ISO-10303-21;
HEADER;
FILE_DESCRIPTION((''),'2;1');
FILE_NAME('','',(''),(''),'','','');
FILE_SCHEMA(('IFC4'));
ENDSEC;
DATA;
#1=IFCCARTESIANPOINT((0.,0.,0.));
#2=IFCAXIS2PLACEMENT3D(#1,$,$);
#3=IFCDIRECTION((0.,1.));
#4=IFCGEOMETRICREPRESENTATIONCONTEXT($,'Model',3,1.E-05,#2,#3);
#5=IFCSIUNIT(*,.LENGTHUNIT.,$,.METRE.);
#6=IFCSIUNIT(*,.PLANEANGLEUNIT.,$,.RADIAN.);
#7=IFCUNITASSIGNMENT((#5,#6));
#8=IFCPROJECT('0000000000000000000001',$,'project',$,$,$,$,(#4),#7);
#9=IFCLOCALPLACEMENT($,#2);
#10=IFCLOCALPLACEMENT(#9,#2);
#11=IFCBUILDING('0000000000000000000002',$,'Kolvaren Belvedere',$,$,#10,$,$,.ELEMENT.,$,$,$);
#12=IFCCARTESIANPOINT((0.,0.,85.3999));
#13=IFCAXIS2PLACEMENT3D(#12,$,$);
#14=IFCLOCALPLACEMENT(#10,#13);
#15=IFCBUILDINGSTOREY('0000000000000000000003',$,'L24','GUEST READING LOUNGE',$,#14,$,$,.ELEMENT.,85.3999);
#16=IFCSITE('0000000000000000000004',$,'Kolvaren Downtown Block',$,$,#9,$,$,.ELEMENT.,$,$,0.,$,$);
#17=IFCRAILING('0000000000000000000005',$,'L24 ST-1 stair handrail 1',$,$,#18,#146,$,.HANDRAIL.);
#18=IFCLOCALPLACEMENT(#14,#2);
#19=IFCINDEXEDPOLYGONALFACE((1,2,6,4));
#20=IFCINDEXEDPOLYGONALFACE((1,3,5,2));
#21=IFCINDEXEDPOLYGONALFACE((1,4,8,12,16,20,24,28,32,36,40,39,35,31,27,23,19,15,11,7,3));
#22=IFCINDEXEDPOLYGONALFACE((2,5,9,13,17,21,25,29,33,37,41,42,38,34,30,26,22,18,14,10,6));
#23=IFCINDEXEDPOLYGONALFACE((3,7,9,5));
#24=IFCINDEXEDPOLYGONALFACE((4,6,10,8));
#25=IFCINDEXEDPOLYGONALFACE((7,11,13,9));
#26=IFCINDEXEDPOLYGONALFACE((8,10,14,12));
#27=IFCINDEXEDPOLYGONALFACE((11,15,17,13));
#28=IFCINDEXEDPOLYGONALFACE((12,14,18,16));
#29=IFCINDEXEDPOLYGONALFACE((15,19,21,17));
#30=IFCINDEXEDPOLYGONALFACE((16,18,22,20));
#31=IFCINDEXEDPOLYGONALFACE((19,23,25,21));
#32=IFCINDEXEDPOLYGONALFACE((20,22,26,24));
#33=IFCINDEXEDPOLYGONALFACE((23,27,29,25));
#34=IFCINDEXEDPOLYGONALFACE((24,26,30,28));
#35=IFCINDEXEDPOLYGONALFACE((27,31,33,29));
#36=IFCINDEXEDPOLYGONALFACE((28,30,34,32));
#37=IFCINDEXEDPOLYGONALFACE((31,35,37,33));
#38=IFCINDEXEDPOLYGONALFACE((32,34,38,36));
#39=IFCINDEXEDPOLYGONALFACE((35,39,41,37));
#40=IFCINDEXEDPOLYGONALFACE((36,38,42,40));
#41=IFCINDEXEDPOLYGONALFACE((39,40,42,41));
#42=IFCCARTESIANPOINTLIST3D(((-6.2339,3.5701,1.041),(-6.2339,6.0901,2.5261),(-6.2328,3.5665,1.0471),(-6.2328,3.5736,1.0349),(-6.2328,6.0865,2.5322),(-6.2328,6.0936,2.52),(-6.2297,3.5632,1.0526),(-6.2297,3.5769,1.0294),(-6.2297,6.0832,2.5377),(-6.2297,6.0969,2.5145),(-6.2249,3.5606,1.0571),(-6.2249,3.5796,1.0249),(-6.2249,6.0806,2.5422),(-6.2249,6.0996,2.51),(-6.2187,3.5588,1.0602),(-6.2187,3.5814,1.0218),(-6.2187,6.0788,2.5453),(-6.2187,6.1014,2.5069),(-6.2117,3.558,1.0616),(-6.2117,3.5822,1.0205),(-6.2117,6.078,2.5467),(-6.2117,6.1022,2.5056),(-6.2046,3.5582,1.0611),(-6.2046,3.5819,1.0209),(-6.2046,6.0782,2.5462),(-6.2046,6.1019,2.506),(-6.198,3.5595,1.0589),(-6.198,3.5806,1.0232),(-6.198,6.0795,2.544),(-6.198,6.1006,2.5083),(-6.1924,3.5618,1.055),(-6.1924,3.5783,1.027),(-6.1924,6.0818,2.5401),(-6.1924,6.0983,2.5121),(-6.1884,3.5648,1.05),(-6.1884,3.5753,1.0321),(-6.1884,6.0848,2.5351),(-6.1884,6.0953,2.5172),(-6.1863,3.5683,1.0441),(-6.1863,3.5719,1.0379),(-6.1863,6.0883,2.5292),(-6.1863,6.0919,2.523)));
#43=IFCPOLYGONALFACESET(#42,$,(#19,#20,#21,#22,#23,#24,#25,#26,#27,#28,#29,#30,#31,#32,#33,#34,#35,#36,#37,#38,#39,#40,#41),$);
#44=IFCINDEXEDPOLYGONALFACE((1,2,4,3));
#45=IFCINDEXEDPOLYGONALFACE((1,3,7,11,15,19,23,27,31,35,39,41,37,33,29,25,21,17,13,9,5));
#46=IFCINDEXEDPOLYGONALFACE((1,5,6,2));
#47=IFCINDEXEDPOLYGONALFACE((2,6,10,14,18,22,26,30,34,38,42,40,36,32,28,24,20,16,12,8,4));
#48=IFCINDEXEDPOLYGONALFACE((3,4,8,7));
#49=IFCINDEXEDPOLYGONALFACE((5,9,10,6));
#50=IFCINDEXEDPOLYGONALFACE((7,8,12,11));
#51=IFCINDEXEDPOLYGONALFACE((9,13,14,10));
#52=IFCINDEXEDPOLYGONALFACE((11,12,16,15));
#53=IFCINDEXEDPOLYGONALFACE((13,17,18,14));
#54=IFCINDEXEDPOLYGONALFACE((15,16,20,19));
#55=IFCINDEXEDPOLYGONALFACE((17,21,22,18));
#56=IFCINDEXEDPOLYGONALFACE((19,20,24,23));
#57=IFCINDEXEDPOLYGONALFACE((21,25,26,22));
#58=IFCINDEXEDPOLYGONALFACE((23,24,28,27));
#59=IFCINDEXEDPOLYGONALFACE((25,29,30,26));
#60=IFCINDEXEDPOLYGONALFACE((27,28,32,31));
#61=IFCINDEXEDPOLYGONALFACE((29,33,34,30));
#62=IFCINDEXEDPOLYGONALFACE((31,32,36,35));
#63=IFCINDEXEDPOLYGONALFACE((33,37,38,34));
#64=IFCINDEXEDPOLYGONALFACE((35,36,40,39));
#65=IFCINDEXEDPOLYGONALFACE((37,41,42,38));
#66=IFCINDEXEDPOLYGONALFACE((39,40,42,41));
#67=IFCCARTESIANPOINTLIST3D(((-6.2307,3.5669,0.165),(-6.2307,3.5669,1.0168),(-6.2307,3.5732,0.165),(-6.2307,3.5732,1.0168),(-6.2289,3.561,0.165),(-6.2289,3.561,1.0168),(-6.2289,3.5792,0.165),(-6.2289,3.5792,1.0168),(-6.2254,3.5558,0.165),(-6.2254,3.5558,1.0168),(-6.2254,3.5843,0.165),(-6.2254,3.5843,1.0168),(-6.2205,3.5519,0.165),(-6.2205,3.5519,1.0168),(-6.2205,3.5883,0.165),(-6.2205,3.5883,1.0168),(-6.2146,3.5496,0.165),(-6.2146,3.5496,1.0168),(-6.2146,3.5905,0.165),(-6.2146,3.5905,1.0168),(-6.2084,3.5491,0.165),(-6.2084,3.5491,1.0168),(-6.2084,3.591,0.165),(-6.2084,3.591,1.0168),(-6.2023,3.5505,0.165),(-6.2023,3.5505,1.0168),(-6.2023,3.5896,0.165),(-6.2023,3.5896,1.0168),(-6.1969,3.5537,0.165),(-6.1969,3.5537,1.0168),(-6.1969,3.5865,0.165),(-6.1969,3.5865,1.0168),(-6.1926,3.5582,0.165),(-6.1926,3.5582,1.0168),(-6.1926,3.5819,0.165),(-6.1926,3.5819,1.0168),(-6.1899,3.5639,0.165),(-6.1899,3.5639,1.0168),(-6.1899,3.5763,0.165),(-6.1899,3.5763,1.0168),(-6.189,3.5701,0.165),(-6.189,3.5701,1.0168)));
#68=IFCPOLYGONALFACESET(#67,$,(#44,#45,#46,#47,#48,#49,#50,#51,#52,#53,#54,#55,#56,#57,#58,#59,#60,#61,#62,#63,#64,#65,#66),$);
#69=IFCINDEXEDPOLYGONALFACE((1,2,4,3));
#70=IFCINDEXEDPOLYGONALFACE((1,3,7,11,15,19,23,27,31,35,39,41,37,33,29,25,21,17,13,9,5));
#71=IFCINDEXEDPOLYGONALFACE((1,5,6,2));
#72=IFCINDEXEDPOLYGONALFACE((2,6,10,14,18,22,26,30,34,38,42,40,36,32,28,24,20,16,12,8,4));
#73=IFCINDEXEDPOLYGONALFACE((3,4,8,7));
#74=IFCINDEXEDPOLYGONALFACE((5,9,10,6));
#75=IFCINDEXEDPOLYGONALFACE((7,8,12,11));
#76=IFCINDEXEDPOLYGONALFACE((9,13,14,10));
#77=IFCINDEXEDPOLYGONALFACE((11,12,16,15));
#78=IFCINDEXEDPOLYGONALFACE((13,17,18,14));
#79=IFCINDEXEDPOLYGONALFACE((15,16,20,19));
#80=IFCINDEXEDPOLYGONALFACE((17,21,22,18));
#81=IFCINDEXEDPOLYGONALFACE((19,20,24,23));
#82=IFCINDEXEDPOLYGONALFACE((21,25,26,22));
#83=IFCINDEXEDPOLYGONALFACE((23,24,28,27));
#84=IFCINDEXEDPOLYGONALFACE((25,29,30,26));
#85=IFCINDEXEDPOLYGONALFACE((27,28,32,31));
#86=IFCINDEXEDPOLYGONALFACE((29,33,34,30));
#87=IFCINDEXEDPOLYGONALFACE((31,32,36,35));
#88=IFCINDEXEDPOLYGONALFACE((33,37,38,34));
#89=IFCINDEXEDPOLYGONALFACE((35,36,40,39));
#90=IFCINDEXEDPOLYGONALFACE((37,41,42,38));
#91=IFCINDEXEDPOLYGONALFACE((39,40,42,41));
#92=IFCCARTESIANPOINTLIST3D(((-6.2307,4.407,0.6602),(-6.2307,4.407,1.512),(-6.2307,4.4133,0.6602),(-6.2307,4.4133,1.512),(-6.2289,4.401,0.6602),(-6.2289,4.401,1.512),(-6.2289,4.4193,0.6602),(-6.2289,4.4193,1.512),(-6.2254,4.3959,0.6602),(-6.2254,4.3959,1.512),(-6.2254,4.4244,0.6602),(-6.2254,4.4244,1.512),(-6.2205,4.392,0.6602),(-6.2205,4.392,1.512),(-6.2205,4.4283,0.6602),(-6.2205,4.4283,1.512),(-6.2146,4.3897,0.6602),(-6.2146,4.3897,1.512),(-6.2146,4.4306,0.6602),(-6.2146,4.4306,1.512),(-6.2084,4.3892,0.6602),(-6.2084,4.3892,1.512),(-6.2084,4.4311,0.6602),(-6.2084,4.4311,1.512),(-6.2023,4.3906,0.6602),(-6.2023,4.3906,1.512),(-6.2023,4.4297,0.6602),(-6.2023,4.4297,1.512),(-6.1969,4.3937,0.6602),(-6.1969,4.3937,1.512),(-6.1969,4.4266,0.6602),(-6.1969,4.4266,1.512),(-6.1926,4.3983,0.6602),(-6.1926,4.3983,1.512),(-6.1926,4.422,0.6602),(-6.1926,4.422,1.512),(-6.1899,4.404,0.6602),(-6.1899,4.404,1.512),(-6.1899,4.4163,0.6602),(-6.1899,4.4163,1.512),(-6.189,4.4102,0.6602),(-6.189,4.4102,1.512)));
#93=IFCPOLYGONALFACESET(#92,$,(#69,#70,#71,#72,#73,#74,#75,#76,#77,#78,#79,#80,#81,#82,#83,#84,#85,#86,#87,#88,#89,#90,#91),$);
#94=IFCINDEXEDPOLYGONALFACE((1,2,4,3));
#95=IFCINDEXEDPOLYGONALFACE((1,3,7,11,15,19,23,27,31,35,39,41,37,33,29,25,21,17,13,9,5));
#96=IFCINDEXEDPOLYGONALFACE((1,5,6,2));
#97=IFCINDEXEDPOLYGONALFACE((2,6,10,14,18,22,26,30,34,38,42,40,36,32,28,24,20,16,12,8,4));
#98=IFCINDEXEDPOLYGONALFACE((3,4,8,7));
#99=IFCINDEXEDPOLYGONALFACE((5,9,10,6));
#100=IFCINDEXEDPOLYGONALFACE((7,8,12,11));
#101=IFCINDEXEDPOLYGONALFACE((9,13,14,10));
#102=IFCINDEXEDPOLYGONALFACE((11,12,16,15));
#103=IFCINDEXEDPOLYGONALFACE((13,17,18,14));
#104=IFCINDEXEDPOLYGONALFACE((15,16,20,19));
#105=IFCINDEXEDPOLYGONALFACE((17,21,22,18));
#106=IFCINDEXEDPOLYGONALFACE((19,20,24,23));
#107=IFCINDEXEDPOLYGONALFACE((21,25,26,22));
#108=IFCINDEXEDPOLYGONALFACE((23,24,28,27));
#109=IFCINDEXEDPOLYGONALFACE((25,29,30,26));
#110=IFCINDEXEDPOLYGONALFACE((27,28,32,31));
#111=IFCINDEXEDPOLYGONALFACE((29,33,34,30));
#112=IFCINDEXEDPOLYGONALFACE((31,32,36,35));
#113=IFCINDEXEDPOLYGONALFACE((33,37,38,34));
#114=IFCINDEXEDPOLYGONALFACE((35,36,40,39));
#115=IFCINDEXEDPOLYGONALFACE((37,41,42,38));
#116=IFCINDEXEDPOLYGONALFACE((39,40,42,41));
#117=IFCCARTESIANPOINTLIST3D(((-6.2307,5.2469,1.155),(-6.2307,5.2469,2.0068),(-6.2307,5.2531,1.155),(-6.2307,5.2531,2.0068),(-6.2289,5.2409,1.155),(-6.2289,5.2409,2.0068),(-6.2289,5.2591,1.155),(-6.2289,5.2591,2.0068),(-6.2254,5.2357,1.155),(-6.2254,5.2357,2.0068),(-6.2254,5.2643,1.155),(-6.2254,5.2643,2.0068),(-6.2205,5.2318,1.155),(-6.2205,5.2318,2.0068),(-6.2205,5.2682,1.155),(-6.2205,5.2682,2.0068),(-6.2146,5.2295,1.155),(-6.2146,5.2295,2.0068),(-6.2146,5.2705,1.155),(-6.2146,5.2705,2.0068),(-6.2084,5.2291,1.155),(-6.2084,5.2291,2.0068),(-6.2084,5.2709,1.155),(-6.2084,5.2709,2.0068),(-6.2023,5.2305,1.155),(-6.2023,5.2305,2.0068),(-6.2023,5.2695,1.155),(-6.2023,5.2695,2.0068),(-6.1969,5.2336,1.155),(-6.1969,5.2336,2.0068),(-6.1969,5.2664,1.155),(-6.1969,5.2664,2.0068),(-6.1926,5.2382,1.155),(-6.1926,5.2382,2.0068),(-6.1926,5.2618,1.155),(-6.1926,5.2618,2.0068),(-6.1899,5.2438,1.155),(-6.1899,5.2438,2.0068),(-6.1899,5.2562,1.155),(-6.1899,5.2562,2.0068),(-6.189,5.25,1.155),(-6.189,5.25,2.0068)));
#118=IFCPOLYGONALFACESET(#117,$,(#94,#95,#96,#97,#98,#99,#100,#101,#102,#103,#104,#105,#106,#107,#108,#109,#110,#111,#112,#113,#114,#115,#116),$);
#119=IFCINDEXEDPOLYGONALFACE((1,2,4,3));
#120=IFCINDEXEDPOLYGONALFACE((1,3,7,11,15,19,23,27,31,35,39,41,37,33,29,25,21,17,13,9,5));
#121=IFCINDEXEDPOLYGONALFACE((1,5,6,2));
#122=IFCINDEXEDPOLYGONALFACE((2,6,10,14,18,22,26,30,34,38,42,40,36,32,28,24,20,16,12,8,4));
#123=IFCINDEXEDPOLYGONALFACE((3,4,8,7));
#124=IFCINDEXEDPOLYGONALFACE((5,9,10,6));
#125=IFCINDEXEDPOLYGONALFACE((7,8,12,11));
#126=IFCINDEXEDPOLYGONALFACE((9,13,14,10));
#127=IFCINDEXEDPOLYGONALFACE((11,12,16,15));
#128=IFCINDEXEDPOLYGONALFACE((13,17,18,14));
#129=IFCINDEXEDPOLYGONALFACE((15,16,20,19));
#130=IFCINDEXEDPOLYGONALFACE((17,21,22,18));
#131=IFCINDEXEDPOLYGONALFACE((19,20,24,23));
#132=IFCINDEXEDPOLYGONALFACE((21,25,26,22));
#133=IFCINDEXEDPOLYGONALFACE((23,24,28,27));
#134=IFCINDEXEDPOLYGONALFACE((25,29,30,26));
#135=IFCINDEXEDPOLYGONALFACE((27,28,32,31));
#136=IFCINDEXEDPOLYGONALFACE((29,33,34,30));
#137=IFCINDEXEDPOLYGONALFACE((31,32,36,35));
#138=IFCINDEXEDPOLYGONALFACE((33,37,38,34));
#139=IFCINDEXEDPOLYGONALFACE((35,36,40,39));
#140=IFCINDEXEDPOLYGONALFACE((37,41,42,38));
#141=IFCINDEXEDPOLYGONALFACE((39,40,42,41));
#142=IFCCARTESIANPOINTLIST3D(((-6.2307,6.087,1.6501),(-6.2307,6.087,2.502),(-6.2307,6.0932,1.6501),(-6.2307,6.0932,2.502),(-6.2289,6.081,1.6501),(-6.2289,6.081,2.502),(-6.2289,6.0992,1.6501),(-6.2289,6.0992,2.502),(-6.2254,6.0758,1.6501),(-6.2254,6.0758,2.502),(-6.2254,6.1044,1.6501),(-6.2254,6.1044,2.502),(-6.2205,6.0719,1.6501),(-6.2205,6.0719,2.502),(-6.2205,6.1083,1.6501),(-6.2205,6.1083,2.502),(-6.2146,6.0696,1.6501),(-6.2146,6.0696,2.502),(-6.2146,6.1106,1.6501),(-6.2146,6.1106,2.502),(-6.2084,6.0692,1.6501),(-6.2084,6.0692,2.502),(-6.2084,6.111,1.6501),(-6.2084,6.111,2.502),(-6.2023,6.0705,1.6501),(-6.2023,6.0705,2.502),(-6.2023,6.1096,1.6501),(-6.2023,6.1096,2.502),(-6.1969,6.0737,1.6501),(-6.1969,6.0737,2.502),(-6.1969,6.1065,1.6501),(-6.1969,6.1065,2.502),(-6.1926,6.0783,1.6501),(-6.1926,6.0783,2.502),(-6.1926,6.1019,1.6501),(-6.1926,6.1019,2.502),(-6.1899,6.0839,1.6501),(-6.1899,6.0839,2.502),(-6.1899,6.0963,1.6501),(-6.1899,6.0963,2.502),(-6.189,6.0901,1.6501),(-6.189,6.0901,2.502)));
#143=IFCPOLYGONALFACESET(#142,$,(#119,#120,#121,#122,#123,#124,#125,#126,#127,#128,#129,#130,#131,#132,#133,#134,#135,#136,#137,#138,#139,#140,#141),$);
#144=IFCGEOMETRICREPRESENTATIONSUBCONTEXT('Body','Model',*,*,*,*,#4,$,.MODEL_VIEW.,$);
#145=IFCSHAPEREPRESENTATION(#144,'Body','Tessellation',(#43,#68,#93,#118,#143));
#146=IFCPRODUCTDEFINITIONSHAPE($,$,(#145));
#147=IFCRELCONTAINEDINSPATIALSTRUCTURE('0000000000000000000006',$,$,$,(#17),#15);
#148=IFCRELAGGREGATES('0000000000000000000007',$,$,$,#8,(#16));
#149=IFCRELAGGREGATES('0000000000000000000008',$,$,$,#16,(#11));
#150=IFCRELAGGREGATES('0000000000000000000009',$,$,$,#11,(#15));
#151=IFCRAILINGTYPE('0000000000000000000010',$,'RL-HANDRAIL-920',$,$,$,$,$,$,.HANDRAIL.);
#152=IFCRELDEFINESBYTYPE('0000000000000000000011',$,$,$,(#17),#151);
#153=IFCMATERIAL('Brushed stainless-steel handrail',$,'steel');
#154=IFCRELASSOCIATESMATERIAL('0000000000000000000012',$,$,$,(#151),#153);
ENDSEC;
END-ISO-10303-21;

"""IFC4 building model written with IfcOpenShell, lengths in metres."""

from ifc_helpers import new_model, si_unit, direction, frame, origin, origin_2d, place, context, subcontext, project, spatial, circle, extrude, material, type_object, element, save


model = new_model("IFC4")

# Units and contexts
model_context = context("Model", 3, precision=1e-05, world=origin(), true_north=direction((0.0, 1.0)))
body_context = subcontext(model_context, "Body", "Model", "MODEL_VIEW")
ifc_project = project(units=[si_unit("LENGTHUNIT", "METRE"), si_unit("PLANEANGLEUNIT", "RADIAN")], contexts=[model_context])

# Site, building, storey
site_placement = place(None, origin())
site = spatial("IfcSite", under=ifc_project, at=site_placement, Name="Kolvaren Downtown Block", CompositionType="ELEMENT", RefElevation=0.0)
building_placement = place(site_placement, origin())
building = spatial("IfcBuilding", under=site, at=building_placement, Name="Kolvaren Belvedere", CompositionType="ELEMENT")
storey_placement = place(building_placement, frame((0.0, 0.0, 85.3999)))
storey = spatial("IfcBuildingStorey", under=building, at=storey_placement, Name="L24", Description="GUEST READING LOUNGE", CompositionType="ELEMENT", Elevation=85.3999)

# Railing
ifc_material_1 = material(Name="Brushed stainless-steel handrail", Category="steel")
railing_type_1 = type_object("IfcRailingType", Name="RL-HANDRAIL-920", PredefinedType="HANDRAIL", material=ifc_material_1)
railing_1_placement = place(storey_placement, frame((-6.21, 3.5701, 0.165)))
element("IfcRailing", 1, at=railing_1_placement, inside=storey, type_object=railing_type_1, Name="L24 ST-1 stair handrail 1", PredefinedType="HANDRAIL", context=body_context, shape_type="SweptSolid", body=[
    extrude(circle(Radius=0.0239, at=origin_2d()), frame((0.0, 0.0, 0.876), z_axis=(0.0, 0.861524, 0.507717), x_axis=(-1.0, 0.0, 0.0)), (0.0, 0.0, 1.0), 2.925),
    extrude(circle(Radius=0.021, at=origin_2d()), origin(), (0.0, 0.0, 1.0), 0.8518),
    extrude(circle(Radius=0.021, at=origin_2d()), frame((0.0, 0.8401, 0.4951)), (0.0, 0.0, 1.0), 0.8518),
    extrude(circle(Radius=0.021, at=origin_2d()), frame((0.0, 1.6799, 0.99)), (0.0, 0.0, 1.0), 0.8518),
    extrude(circle(Radius=0.021, at=origin_2d()), frame((0.0, 2.52, 1.4851)), (0.0, 0.0, 1.0), 0.8518),
])

save(model, "model.ifc")
